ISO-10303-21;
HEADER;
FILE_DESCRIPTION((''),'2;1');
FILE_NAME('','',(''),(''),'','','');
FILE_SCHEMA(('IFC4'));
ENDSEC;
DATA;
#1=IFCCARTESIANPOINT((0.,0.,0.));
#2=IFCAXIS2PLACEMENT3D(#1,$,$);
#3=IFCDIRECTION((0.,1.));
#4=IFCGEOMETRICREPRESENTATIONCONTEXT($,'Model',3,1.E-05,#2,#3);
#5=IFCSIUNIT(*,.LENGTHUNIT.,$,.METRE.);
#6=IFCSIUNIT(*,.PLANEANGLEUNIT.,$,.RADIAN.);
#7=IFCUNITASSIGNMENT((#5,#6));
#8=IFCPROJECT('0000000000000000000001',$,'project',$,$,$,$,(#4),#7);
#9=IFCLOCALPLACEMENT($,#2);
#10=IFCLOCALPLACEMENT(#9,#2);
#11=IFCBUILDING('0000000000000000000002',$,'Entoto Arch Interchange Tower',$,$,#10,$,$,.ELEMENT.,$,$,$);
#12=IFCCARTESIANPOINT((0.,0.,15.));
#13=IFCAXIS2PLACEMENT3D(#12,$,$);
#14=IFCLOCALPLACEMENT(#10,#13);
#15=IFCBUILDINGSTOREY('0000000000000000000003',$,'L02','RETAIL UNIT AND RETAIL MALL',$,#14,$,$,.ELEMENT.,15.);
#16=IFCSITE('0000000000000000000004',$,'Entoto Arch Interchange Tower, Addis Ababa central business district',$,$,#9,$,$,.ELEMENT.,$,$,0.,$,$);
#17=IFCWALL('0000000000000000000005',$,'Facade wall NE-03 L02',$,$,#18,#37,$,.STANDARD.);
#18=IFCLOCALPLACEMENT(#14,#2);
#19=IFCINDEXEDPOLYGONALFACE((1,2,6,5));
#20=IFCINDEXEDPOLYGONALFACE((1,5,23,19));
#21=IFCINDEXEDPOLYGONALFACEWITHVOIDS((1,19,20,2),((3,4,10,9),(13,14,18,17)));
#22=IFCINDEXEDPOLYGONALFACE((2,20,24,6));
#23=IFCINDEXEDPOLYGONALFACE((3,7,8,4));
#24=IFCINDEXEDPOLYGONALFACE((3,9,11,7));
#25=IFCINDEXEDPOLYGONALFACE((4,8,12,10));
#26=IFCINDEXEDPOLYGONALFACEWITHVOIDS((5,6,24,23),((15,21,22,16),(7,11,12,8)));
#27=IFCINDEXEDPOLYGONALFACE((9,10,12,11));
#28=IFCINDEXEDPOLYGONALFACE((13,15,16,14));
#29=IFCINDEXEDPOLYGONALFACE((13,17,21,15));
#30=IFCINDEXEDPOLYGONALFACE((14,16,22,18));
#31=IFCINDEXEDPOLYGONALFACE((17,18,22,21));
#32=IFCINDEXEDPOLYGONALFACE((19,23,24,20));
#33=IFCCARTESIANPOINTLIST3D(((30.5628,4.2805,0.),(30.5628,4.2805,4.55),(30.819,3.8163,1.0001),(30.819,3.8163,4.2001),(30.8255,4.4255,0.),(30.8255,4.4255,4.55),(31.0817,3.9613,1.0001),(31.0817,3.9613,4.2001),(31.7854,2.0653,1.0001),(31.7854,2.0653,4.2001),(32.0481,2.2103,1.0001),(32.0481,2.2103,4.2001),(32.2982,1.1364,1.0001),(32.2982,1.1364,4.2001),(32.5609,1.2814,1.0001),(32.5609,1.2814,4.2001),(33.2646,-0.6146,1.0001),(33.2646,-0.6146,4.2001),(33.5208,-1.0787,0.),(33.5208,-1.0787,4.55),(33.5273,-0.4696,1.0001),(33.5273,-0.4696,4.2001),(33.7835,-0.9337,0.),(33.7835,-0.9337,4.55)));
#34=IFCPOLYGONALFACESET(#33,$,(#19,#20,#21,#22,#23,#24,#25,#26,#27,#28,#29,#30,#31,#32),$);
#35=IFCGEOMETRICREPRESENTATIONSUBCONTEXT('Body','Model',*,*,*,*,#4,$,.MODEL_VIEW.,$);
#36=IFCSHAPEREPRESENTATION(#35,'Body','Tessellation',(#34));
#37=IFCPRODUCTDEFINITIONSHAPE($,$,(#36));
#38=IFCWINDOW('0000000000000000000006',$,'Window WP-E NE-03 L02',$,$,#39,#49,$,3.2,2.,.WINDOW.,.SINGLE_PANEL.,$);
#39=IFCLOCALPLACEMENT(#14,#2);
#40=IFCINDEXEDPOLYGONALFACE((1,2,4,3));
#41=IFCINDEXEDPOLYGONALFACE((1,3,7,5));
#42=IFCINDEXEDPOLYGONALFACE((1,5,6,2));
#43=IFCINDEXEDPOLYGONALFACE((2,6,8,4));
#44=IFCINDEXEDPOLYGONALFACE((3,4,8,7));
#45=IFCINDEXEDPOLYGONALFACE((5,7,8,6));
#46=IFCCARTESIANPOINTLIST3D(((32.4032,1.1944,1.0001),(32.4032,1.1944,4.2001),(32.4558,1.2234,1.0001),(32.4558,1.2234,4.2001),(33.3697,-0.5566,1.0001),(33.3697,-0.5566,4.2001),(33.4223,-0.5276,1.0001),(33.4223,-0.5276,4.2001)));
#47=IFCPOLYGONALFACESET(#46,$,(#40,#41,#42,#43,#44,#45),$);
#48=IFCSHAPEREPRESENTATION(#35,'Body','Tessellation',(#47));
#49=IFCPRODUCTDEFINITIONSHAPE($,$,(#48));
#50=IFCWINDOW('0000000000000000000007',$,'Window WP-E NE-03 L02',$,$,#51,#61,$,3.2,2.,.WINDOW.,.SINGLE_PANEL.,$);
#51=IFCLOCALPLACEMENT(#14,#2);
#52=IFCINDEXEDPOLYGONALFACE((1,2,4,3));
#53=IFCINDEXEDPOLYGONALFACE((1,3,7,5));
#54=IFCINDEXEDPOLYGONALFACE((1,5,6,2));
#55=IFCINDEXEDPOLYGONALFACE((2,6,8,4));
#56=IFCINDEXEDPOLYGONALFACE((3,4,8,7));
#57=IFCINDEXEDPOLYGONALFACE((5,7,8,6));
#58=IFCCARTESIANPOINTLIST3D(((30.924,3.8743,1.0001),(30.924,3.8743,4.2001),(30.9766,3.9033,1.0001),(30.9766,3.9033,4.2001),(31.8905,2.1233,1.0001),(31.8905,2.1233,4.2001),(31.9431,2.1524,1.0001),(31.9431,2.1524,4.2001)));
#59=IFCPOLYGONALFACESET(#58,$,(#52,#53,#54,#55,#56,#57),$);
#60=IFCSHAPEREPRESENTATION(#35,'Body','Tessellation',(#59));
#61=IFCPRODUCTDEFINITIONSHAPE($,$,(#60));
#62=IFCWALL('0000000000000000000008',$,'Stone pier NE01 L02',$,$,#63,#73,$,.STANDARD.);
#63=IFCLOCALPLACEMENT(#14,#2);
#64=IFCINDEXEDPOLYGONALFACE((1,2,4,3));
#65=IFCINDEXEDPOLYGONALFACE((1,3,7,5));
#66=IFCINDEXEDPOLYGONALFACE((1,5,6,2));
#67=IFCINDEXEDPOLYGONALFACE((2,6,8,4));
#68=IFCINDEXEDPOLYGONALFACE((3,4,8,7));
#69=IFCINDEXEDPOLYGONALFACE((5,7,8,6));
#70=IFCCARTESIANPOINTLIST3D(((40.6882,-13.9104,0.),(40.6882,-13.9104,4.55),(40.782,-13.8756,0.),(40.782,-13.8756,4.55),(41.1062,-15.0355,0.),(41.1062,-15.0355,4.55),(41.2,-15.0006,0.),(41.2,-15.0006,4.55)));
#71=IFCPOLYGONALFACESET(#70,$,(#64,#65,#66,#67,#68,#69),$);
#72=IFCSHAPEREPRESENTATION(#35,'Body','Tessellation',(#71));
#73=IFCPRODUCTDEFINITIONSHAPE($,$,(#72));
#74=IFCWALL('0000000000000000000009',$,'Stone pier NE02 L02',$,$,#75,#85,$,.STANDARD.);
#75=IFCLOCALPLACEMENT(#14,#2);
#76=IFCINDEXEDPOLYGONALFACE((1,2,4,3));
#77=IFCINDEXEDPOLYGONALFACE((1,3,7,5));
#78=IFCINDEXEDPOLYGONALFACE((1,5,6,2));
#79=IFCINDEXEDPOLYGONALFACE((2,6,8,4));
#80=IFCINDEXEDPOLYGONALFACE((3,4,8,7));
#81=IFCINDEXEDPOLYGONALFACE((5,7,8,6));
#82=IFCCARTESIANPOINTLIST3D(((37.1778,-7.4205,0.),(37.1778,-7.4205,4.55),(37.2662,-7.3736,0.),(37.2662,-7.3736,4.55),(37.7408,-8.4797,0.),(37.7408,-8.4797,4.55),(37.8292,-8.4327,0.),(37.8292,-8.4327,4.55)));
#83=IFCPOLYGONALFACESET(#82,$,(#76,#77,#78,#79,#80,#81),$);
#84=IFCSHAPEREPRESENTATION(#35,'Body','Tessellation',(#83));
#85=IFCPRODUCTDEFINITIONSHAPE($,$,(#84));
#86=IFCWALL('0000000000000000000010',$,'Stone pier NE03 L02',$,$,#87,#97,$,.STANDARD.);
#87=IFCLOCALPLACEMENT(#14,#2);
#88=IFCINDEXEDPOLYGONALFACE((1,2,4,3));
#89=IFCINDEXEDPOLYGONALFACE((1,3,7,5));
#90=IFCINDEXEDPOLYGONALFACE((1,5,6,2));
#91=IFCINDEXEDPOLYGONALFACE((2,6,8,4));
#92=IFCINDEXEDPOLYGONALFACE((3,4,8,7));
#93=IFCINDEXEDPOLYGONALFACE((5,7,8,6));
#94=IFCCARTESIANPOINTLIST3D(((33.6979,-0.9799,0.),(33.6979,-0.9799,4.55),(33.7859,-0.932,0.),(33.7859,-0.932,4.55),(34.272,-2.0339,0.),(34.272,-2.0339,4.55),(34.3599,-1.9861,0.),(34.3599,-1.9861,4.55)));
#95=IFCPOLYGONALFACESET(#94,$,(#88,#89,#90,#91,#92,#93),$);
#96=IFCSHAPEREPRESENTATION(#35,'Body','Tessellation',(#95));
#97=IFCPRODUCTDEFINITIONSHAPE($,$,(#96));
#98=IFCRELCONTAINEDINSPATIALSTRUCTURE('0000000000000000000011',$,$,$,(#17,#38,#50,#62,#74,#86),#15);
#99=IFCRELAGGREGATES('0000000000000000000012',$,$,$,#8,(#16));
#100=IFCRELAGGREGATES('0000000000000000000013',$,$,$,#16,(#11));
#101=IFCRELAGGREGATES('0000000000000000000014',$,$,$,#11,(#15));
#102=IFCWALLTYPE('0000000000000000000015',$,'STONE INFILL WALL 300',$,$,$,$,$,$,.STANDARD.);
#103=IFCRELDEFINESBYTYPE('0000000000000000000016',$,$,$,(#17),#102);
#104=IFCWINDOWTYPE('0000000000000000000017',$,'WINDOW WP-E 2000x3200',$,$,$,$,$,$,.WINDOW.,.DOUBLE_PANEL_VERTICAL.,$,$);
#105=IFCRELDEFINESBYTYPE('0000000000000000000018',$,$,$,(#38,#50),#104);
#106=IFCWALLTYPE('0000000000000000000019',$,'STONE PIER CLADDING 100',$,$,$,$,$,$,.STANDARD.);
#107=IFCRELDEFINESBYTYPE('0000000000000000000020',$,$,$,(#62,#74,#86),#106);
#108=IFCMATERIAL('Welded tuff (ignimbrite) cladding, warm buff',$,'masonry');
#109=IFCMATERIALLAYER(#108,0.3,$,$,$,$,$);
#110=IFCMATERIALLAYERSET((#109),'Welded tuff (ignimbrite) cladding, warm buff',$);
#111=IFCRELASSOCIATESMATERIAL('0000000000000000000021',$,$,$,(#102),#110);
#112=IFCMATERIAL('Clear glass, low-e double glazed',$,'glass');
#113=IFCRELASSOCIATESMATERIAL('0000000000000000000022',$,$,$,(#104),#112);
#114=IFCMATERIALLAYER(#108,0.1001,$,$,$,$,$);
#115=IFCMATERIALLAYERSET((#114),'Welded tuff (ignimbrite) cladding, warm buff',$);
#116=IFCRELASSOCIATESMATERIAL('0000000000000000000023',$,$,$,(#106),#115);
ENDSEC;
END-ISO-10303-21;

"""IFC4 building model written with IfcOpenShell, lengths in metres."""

from ifc_helpers import new_model, si_unit, direction, frame, frame_2d, origin, place, context, subcontext, project, spatial, rectangle, extrude, material, layer, layer_set, type_object, element, fill, save


model = new_model("IFC4")

# Units and contexts
model_context = context("Model", 3, precision=1e-05, world=origin(), true_north=direction((0.0, 1.0)))
body_context = subcontext(model_context, "Body", "Model", "MODEL_VIEW")
ifc_project = project(units=[si_unit("LENGTHUNIT", "METRE"), si_unit("PLANEANGLEUNIT", "RADIAN")], contexts=[model_context])

# Site, building, storey
site_placement = place(None, origin())
site = spatial("IfcSite", under=ifc_project, at=site_placement, Name="Entoto Arch Interchange Tower, Addis Ababa central business district", CompositionType="ELEMENT", RefElevation=0.0)
building_placement = place(site_placement, origin())
building = spatial("IfcBuilding", under=site, at=building_placement, Name="Entoto Arch Interchange Tower", CompositionType="ELEMENT")
storey_placement = place(building_placement, frame((0.0, 0.0, 15.0)))
storey = spatial("IfcBuildingStorey", under=building, at=storey_placement, Name="L02", Description="RETAIL UNIT AND RETAIL MALL", CompositionType="ELEMENT", Elevation=15.0)

# Wall, openings, windows
ifc_material_1 = material(Name="Welded tuff (ignimbrite) cladding, warm buff", Category="masonry")
ifc_layer_1 = layer(ifc_material_1, 0.3)
ifc_layer_set_1 = layer_set([ifc_layer_1], Name="Welded tuff (ignimbrite) cladding, warm buff")
wall_type_1 = type_object("IfcWallType", Name="STONE INFILL WALL 300", PredefinedType="STANDARD", material=ifc_layer_set_1)
ifc_material_2 = material(Name="Clear glass, low-e double glazed", Category="glass")
window_type = type_object("IfcWindowType", Name="WINDOW WP-E 2000x3200", PartitioningType="DOUBLE_PANEL_VERTICAL", PredefinedType="WINDOW", material=ifc_material_2)
wall_1_placement = place(storey_placement, frame((33.6521, -1.0061, 0.0), z_axis=(0.0, 0.0, 1.0), x_axis=(-0.483233, 0.875492, 0.0)))
wall_1 = element("IfcWall", 1, at=wall_1_placement, inside=storey, type_object=wall_type_1, Name="Facade wall NE-03 L02", PredefinedType="STANDARD", context=body_context, shape_type="SweptSolid", body=[
    extrude(rectangle(XDim=6.1213, YDim=0.3, at=frame_2d((3.0605, 0.0))), origin(), (0.0, 0.0, 1.0), 4.55),
])
opening_1_placement = place(wall_1_placement, frame((0.53, 0.0, 1.0)))
opening_1 = element("IfcOpeningElement", 2, at=opening_1_placement, cuts=wall_1, PredefinedType="OPENING", context=body_context, shape_type="SweptSolid", body=[
    extrude(rectangle(XDim=2.0, YDim=3.2, at=frame_2d((1.0, 1.6001))), frame((0.0, 0.1602, 0.0), z_axis=(0.0, -1.0, 0.0), x_axis=(1.0, 0.0, 0.0)), (0.0, 0.0, 1.0), 0.3201),
])
opening_2_placement = place(wall_1_placement, frame((3.5911, 0.0, 1.0)))
opening_2 = element("IfcOpeningElement", 3, at=opening_2_placement, cuts=wall_1, PredefinedType="OPENING", context=body_context, shape_type="SweptSolid", body=[
    extrude(rectangle(XDim=2.0, YDim=3.2, at=frame_2d((1.0, 1.6001))), frame((0.0, 0.1602, 0.0), z_axis=(0.0, -1.0, 0.0), x_axis=(1.0, 0.0, 0.0)), (0.0, 0.0, 1.0), 0.3201),
])
window_1_placement = place(opening_1_placement, origin())
window_1 = element("IfcWindow", 4, at=window_1_placement, inside=storey, type_object=window_type, Name="Window WP-E NE-03 L02", OverallHeight=3.2, OverallWidth=2.0, PartitioningType="SINGLE_PANEL", PredefinedType="WINDOW", context=body_context, shape_type="SweptSolid", body=[
    extrude(rectangle(XDim=2.0, YDim=3.2, at=frame_2d((1.0, 1.6001))), frame((0.0, 0.03, 0.0), z_axis=(0.0, -1.0, 0.0), x_axis=(1.0, 0.0, 0.0)), (0.0, 0.0, 1.0), 0.0601),
])
fill(opening_1, window_1)
window_2_placement = place(opening_2_placement, origin())
window_2 = element("IfcWindow", 5, at=window_2_placement, inside=storey, type_object=window_type, Name="Window WP-E NE-03 L02", OverallHeight=3.2, OverallWidth=2.0, PartitioningType="SINGLE_PANEL", PredefinedType="WINDOW", context=body_context, shape_type="SweptSolid", body=[
    extrude(rectangle(XDim=2.0, YDim=3.2, at=frame_2d((1.0, 1.6001))), frame((0.0, 0.03, 0.0), z_axis=(0.0, -1.0, 0.0), x_axis=(1.0, 0.0, 0.0)), (0.0, 0.0, 1.0), 0.0601),
])
fill(opening_2, window_2)

# Walls
ifc_layer_2 = layer(ifc_material_1, 0.1001)
ifc_layer_set_2 = layer_set([ifc_layer_2], Name="Welded tuff (ignimbrite) cladding, warm buff")
wall_type_2 = type_object("IfcWallType", Name="STONE PIER CLADDING 100", PredefinedType="STANDARD", material=ifc_layer_set_2)
wall_2_placement = place(storey_placement, frame((41.1531, -15.0181, 0.0), z_axis=(0.0, 0.0, 1.0), x_axis=(-0.348268, 0.937395, 0.0)))
element("IfcWall", 6, at=wall_2_placement, inside=storey, type_object=wall_type_2, Name="Stone pier NE01 L02", PredefinedType="STANDARD", context=body_context, shape_type="SweptSolid", body=[
    extrude(rectangle(XDim=1.2002, YDim=0.1001, at=frame_2d((0.6001, 0.0))), origin(), (0.0, 0.0, 1.0), 4.55),
])
wall_3_placement = place(storey_placement, frame((37.7849, -8.4561, 0.0), z_axis=(0.0, 0.0, 1.0), x_axis=(-0.469383, 0.882994, 0.0)))
element("IfcWall", 7, at=wall_3_placement, inside=storey, type_object=wall_type_2, Name="Stone pier NE02 L02", PredefinedType="STANDARD", context=body_context, shape_type="SweptSolid", body=[
    extrude(rectangle(XDim=1.1995, YDim=0.1001, at=frame_2d((0.5996, 0.0))), origin(), (0.0, 0.0, 1.0), 4.55),
])
wall_4_placement = place(storey_placement, frame((34.3159, -2.01, 0.0), z_axis=(0.0, 0.0, 1.0), x_axis=(-0.478268, 0.878214, 0.0)))
element("IfcWall", 8, at=wall_4_placement, inside=storey, type_object=wall_type_2, Name="Stone pier NE03 L02", PredefinedType="STANDARD", context=body_context, shape_type="SweptSolid", body=[
    extrude(rectangle(XDim=1.2002, YDim=0.1001, at=frame_2d((0.6001, 0.0))), origin(), (0.0, 0.0, 1.0), 4.55),
])

save(model, "model.ifc")
